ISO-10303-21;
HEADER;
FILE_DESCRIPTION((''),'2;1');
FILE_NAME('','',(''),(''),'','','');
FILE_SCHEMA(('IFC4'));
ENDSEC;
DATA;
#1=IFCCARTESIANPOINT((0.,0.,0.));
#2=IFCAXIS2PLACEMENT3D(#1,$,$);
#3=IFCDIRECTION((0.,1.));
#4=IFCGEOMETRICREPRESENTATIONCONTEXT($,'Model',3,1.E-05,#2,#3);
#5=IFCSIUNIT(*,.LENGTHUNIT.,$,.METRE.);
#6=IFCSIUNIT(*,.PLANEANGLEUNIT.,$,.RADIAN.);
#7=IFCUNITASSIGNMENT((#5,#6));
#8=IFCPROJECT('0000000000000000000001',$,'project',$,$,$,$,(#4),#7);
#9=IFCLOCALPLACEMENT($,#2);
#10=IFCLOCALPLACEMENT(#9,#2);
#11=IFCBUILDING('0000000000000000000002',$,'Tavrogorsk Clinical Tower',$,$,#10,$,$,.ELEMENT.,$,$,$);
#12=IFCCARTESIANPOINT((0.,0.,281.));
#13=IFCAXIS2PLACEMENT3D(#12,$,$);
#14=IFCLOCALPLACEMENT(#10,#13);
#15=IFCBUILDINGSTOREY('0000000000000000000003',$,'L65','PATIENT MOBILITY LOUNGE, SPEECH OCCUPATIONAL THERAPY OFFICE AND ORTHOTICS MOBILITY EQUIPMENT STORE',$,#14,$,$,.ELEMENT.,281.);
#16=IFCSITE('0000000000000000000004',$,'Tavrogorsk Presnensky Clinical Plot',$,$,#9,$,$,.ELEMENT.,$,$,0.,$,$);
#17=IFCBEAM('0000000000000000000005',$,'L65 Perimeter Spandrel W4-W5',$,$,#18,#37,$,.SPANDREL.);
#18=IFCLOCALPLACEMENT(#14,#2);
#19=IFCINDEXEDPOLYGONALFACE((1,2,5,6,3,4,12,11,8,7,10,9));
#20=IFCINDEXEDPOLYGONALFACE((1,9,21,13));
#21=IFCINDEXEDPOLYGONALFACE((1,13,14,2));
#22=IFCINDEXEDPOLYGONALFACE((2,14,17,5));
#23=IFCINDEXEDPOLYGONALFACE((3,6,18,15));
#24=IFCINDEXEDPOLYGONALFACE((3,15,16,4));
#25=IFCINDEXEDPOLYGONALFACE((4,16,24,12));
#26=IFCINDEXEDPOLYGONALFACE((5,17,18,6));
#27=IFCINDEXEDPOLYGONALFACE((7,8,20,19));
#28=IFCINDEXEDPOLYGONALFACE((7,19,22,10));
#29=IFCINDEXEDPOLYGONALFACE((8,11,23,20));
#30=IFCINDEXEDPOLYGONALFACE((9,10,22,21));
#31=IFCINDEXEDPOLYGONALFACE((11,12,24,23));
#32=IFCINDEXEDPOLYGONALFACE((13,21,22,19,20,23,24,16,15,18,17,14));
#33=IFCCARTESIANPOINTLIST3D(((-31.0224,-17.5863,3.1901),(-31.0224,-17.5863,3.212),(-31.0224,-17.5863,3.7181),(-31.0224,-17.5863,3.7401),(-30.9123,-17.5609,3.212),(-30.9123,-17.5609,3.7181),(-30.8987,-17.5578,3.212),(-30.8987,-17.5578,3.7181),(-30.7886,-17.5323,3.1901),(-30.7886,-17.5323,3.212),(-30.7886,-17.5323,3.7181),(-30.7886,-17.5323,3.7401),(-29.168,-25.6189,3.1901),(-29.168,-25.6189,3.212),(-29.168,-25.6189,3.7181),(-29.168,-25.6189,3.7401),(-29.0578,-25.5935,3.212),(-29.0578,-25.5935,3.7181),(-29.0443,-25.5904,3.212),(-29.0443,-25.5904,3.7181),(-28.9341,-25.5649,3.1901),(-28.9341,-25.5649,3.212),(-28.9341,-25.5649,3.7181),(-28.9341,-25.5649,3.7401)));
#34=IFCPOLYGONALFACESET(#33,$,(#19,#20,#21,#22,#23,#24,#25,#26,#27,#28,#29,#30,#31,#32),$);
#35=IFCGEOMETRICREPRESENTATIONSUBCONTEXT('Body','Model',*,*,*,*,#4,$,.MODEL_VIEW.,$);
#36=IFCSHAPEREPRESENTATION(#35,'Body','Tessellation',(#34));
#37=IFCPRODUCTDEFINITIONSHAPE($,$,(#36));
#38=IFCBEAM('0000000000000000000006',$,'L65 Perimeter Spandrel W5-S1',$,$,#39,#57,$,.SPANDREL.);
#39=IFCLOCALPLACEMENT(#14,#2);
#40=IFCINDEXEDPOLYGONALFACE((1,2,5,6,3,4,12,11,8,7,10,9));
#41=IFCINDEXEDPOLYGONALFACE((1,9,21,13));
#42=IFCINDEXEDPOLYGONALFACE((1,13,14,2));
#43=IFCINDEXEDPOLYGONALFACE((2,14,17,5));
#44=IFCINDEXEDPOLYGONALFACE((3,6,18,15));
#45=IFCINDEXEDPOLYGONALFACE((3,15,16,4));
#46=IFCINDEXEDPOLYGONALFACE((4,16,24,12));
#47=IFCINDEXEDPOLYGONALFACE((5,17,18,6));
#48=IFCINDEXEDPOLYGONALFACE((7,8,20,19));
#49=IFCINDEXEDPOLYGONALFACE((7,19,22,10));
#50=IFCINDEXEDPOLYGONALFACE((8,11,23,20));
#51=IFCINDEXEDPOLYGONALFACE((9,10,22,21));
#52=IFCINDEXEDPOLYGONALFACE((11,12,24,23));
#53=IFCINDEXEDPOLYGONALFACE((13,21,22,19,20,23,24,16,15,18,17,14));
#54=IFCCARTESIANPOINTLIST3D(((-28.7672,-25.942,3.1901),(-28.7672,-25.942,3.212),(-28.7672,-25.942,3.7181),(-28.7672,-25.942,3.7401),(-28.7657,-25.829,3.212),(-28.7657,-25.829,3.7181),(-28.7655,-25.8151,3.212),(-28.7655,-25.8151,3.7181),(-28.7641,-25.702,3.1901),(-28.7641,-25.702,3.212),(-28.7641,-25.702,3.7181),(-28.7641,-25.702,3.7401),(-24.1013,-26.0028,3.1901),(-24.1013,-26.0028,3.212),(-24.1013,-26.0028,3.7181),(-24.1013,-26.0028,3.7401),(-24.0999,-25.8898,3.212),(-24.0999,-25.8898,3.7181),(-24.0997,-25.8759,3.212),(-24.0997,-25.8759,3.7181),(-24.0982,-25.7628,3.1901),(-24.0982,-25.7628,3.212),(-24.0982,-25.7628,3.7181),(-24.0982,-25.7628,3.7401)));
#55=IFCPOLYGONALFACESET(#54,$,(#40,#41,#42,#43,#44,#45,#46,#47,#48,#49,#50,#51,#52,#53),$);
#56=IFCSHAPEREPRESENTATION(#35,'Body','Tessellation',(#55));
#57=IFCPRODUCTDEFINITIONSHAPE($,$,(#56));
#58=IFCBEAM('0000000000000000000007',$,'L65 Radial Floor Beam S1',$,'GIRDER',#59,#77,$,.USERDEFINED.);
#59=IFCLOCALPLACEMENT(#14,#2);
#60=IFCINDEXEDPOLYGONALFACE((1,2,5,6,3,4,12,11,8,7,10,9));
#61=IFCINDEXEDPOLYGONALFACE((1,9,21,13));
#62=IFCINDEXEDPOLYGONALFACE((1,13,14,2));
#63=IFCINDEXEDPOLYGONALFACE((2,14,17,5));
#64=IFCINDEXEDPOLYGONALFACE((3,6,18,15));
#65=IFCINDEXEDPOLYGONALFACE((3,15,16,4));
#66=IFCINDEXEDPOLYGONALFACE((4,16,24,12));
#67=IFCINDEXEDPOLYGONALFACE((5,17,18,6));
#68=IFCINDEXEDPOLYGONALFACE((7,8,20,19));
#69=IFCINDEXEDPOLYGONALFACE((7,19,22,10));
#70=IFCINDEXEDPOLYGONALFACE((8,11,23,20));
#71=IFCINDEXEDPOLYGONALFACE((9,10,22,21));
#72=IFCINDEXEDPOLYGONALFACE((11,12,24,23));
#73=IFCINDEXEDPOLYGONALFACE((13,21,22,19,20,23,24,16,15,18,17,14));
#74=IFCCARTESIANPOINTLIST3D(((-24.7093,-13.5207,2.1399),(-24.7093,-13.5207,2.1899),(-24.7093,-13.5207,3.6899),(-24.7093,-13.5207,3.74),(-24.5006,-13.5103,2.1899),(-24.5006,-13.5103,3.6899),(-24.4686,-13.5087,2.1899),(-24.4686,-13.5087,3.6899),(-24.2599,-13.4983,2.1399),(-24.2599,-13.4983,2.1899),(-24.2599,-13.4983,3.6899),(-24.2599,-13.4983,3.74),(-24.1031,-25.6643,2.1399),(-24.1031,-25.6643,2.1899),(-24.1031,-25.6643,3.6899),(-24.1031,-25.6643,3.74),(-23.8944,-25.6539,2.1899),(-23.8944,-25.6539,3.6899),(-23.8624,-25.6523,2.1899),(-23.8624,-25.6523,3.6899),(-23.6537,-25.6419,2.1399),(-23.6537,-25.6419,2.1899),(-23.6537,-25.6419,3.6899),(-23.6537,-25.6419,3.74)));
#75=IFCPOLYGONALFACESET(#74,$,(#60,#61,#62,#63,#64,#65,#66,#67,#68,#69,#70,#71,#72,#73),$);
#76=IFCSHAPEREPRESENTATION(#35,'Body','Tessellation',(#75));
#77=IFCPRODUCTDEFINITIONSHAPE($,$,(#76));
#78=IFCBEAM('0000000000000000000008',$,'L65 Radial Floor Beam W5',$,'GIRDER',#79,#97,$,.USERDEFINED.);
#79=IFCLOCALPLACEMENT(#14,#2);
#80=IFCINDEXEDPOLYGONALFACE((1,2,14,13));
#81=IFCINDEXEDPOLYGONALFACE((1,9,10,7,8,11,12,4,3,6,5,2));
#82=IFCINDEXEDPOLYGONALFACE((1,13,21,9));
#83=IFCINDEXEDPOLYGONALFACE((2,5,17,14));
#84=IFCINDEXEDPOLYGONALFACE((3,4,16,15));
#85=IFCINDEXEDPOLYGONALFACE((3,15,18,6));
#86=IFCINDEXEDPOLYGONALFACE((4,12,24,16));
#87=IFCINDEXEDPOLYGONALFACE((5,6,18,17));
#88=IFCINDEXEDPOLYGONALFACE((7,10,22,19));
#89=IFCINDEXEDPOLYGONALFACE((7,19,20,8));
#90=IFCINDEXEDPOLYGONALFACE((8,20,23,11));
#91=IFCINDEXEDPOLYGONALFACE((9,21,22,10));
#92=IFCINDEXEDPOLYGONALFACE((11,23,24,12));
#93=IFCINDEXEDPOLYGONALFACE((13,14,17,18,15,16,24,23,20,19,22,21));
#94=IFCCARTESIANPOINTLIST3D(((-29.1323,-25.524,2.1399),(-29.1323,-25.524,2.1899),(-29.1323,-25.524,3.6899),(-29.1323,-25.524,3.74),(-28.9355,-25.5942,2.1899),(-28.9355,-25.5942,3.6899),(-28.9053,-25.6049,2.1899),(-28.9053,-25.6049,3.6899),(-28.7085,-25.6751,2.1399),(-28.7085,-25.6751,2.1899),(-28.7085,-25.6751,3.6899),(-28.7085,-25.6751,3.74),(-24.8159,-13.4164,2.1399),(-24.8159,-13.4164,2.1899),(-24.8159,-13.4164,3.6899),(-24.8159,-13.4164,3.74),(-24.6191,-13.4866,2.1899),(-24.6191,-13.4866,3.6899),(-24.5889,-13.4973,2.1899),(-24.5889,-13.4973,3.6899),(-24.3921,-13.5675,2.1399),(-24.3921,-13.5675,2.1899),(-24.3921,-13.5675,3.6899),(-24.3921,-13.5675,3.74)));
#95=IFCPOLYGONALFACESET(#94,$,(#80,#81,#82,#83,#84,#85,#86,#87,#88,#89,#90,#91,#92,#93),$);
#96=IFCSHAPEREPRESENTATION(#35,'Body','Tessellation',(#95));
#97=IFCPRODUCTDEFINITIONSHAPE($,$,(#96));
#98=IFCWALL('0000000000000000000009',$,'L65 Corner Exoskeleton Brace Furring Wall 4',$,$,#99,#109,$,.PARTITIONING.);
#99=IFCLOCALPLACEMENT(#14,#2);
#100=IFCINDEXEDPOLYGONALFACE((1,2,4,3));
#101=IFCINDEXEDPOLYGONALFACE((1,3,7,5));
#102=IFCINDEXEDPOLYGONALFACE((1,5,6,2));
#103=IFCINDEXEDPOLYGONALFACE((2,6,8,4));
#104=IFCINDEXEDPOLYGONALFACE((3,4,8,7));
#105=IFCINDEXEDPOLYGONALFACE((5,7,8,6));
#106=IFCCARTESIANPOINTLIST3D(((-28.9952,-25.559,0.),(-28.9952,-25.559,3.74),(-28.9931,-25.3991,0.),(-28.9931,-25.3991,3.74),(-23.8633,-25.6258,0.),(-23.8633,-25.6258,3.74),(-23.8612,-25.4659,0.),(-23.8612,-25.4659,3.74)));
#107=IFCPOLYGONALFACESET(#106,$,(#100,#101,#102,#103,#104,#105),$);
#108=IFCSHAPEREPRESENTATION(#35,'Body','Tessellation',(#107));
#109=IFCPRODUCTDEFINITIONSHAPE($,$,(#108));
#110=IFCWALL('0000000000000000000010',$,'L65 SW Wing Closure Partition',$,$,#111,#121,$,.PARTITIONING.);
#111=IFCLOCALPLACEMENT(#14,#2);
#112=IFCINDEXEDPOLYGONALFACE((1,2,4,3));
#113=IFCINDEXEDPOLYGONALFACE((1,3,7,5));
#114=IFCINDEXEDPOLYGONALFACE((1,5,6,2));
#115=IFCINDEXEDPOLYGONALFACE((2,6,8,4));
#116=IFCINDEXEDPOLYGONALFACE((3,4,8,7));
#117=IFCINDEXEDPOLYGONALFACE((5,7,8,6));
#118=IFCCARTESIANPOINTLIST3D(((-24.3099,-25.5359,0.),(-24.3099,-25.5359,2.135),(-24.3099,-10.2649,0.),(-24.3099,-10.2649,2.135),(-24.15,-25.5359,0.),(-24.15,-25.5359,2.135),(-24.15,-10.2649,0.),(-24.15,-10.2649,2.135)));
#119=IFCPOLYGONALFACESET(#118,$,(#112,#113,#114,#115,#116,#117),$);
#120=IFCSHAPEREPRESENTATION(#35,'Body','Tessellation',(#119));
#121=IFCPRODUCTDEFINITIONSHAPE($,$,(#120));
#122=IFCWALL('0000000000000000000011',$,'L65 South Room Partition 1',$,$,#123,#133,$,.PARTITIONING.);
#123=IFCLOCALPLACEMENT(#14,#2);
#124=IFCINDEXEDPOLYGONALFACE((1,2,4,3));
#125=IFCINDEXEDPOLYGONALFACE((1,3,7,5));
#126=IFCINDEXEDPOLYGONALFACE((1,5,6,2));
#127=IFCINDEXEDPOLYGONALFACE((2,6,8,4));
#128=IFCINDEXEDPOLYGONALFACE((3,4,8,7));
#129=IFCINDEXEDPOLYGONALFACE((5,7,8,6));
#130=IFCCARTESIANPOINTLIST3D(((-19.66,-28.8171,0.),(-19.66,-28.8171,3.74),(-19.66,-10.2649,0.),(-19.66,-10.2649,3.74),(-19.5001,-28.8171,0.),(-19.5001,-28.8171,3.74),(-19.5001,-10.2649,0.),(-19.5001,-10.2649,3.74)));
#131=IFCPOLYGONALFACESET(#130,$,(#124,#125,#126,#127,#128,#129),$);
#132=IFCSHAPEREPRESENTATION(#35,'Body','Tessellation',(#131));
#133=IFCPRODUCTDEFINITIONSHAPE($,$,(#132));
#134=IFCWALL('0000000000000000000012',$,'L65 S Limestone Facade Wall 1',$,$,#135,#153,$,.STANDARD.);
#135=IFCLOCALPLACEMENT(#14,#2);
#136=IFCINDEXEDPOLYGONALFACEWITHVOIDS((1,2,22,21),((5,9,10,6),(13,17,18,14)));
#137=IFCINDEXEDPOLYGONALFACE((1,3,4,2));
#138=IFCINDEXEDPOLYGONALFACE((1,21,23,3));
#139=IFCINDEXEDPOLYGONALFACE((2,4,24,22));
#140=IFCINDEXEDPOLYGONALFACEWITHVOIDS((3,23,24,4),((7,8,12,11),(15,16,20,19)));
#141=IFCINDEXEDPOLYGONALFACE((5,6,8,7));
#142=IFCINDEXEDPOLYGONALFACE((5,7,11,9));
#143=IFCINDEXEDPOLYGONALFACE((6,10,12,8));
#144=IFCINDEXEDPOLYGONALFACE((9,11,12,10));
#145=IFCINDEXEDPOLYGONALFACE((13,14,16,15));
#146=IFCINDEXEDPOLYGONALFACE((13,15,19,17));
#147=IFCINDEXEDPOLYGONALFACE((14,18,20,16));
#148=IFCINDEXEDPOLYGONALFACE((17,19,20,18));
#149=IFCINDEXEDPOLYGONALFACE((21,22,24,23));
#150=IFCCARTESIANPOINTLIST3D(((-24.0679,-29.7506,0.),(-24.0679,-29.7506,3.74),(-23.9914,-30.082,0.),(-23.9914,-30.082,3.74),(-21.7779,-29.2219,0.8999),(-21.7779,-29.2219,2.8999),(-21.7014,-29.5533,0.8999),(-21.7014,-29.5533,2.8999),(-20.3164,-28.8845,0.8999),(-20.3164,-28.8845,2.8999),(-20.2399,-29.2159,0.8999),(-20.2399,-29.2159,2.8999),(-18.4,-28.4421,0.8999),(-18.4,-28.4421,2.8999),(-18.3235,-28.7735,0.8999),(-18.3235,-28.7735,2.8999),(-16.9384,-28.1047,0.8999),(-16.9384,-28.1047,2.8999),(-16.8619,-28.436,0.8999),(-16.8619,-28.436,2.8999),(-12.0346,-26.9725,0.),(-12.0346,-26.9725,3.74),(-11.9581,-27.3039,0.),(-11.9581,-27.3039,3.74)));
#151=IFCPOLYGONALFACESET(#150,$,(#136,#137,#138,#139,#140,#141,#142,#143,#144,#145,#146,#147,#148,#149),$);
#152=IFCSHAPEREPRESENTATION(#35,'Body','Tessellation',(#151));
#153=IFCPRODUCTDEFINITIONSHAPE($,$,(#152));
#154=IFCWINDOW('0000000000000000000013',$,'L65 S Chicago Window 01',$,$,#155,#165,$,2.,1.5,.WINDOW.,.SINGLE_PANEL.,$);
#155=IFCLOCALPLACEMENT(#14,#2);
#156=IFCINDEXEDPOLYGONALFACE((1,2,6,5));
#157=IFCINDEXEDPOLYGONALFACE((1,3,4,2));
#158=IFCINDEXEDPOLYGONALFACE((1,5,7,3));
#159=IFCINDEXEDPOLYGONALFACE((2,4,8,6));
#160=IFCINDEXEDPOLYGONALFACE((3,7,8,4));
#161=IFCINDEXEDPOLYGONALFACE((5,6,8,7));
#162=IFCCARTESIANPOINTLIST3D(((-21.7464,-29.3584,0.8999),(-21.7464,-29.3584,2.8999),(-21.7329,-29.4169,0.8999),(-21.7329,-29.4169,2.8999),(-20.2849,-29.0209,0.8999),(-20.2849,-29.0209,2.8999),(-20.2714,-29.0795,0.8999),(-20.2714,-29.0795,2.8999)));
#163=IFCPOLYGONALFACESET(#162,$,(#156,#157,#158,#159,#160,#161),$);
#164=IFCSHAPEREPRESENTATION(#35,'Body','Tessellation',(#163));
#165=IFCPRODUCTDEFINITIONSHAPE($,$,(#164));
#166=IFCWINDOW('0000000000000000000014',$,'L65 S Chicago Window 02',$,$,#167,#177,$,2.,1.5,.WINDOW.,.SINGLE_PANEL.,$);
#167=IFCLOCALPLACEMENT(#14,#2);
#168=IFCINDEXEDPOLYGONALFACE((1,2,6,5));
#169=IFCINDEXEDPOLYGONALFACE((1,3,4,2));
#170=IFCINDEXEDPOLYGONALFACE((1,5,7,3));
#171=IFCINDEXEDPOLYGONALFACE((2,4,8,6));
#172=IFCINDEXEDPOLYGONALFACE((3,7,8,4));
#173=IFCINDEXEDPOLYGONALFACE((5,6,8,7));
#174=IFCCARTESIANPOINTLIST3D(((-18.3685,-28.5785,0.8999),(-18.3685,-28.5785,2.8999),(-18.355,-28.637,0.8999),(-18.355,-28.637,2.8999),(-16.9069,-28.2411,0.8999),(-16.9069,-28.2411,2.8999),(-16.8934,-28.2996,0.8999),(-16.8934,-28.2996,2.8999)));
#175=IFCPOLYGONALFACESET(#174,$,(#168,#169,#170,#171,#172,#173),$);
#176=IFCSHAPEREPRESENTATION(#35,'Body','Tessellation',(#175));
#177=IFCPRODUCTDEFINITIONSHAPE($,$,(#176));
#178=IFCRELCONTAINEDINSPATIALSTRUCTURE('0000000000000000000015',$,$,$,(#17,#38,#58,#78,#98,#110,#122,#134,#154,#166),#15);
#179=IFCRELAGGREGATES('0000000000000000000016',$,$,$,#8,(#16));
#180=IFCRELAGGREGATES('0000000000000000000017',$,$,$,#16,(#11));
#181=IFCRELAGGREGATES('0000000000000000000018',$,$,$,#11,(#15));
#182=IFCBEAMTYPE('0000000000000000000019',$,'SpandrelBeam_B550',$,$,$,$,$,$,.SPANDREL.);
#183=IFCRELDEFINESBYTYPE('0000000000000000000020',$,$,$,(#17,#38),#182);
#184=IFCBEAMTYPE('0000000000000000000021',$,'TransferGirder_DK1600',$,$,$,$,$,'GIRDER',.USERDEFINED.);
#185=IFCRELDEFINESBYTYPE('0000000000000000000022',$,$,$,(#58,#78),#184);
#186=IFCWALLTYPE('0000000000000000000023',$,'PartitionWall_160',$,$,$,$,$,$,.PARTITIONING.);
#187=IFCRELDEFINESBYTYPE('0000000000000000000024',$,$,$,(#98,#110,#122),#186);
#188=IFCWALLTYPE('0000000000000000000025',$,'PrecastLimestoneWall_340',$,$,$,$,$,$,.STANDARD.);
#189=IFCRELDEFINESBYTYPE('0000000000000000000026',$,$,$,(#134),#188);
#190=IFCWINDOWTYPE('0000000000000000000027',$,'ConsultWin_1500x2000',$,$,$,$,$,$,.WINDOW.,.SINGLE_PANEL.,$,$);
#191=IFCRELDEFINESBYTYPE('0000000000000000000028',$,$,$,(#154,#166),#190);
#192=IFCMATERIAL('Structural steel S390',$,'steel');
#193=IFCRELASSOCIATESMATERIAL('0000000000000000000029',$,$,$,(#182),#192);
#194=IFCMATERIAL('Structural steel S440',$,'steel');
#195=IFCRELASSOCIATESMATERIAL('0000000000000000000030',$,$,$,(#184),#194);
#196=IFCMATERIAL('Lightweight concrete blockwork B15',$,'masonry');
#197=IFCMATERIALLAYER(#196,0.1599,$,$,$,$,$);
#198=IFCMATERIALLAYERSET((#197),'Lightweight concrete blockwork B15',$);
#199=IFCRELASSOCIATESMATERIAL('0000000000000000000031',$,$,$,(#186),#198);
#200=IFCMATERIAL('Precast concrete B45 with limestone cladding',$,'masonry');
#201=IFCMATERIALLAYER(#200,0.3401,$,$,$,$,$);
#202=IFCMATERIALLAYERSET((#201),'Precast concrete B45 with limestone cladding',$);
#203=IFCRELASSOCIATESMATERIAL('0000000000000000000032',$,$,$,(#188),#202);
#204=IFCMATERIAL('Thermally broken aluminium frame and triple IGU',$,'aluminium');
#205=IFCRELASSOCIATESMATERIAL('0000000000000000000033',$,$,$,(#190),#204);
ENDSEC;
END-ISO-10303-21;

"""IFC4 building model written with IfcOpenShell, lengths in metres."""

from ifc_helpers import new_model, si_unit, direction, frame, frame_2d, origin, origin_2d, place, context, subcontext, project, spatial, rectangle, i_section, extrude, material, layer, layer_set, material_profile, profile_set, type_object, element, fill, save


model = new_model("IFC4")

# Units and contexts
model_context = context("Model", 3, precision=1e-05, world=origin(), true_north=direction((0.0, 1.0)))
body_context = subcontext(model_context, "Body", "Model", "MODEL_VIEW")
ifc_project = project(units=[si_unit("LENGTHUNIT", "METRE"), si_unit("PLANEANGLEUNIT", "RADIAN")], contexts=[model_context])

# Site, building, storey
site_placement = place(None, origin())
site = spatial("IfcSite", under=ifc_project, at=site_placement, Name="Tavrogorsk Presnensky Clinical Plot", CompositionType="ELEMENT", RefElevation=0.0)
building_placement = place(site_placement, origin())
building = spatial("IfcBuilding", under=site, at=building_placement, Name="Tavrogorsk Clinical Tower", CompositionType="ELEMENT")
storey_placement = place(building_placement, frame((0.0, 0.0, 281.0)))
storey = spatial("IfcBuildingStorey", under=building, at=storey_placement, Name="L65", Description="PATIENT MOBILITY LOUNGE, SPEECH OCCUPATIONAL THERAPY OFFICE AND ORTHOTICS MOBILITY EQUIPMENT STORE", CompositionType="ELEMENT", Elevation=281.0)

# Beams
ifc_material_1 = material(Name="Structural steel S390", Category="steel")
ifc_material_profile_1 = material_profile(ifc_material_1, i_section(OverallWidth=0.24, OverallDepth=0.55, WebThickness=0.0139, FlangeThickness=0.022, at=origin_2d()), Name="B-550x240x14x22")
ifc_profile_set_1 = profile_set([ifc_material_profile_1], Name="Structural steel S390")
beam_type_1 = type_object("IfcBeamType", Name="SpandrelBeam_B550", PredefinedType="SPANDREL", material=ifc_profile_set_1)
beam_1_placement = place(storey_placement, frame((-30.9055, -17.5593, 3.4651), z_axis=(0.22495, -0.97437, 0.0), x_axis=(0.97437, 0.22495, 0.0)))
element("IfcBeam", 1, at=beam_1_placement, inside=storey, type_object=beam_type_1, Name="L65 Perimeter Spandrel W4-W5", PredefinedType="SPANDREL", context=body_context, shape_type="SweptSolid", body=[
    extrude(i_section(OverallWidth=0.24, OverallDepth=0.55, WebThickness=0.0139, FlangeThickness=0.022, at=origin_2d()), origin(), (0.0, 0.0, 1.0), 8.2439),
])
beam_2_placement = place(storey_placement, frame((-28.7656, -25.822, 3.4651), z_axis=(0.999915, -0.013028, 0.0), x_axis=(0.013028, 0.999915, 0.0)))
element("IfcBeam", 2, at=beam_2_placement, inside=storey, type_object=beam_type_1, Name="L65 Perimeter Spandrel W5-S1", PredefinedType="SPANDREL", context=body_context, shape_type="SweptSolid", body=[
    extrude(i_section(OverallWidth=0.24, OverallDepth=0.55, WebThickness=0.0139, FlangeThickness=0.022, at=origin_2d()), origin(), (0.0, 0.0, 1.0), 4.6663),
])
ifc_material_2 = material(Name="Structural steel S440", Category="steel")
ifc_material_profile_2 = material_profile(ifc_material_2, i_section(OverallWidth=0.45, OverallDepth=1.6001, WebThickness=0.032, FlangeThickness=0.05, at=origin_2d()), Name="DK-1600x450x32x50")
ifc_profile_set_2 = profile_set([ifc_material_profile_2], Name="Structural steel S440")
beam_type_2 = type_object("IfcBeamType", Name="TransferGirder_DK1600", ElementType="GIRDER", PredefinedType="USERDEFINED", material=ifc_profile_set_2)
beam_3_placement = place(storey_placement, frame((-24.4846, -13.5095, 2.9399), z_axis=(0.049857, -0.998756, 0.0), x_axis=(0.998756, 0.049857, 0.0)))
element("IfcBeam", 3, at=beam_3_placement, inside=storey, type_object=beam_type_2, Name="L65 Radial Floor Beam S1", ObjectType="GIRDER", PredefinedType="USERDEFINED", context=body_context, shape_type="SweptSolid", body=[
    extrude(i_section(OverallWidth=0.45, OverallDepth=1.6001, WebThickness=0.032, FlangeThickness=0.05, at=origin_2d()), origin(), (0.0, 0.0, 1.0), 12.1587),
])
beam_4_placement = place(storey_placement, frame((-24.604, -13.4919, 2.9399), z_axis=(-0.335801, -0.941933, 0.0), x_axis=(0.941933, -0.335801, 0.0)))
element("IfcBeam", 4, at=beam_4_placement, inside=storey, type_object=beam_type_2, Name="L65 Radial Floor Beam W5", ObjectType="GIRDER", PredefinedType="USERDEFINED", context=body_context, shape_type="SweptSolid", body=[
    extrude(i_section(OverallWidth=0.45, OverallDepth=1.6001, WebThickness=0.032, FlangeThickness=0.05, at=origin_2d()), origin(), (0.0, 0.0, 1.0), 12.854),
])

# Walls
ifc_material_3 = material(Name="Lightweight concrete blockwork B15", Category="masonry")
ifc_layer_1 = layer(ifc_material_3, 0.1599)
ifc_layer_set_1 = layer_set([ifc_layer_1], Name="Lightweight concrete blockwork B15")
wall_type_1 = type_object("IfcWallType", Name="PartitionWall_160", PredefinedType="PARTITIONING", material=ifc_layer_set_1)
wall_1_placement = place(storey_placement, frame((-28.9941, -25.479, 0.0), z_axis=(0.0, 0.0, 1.0), x_axis=(0.999915, -0.013034, 0.0)))
element("IfcWall", 5, at=wall_1_placement, inside=storey, type_object=wall_type_1, Name="L65 Corner Exoskeleton Brace Furring Wall 4", PredefinedType="PARTITIONING", context=body_context, shape_type="SweptSolid", body=[
    extrude(rectangle(XDim=5.1323, YDim=0.1599, at=frame_2d((2.5662, 0.0))), origin(), (0.0, 0.0, 1.0), 3.74),
])
wall_2_placement = place(storey_placement, frame((-24.23, -25.5359, 0.0), z_axis=(0.0, 0.0, 1.0), x_axis=(0.0, 1.0, 0.0)))
element("IfcWall", 6, at=wall_2_placement, inside=storey, type_object=wall_type_1, Name="L65 SW Wing Closure Partition", PredefinedType="PARTITIONING", context=body_context, shape_type="SweptSolid", body=[
    extrude(rectangle(XDim=15.271, YDim=0.1599, at=frame_2d((7.6355, 0.0))), origin(), (0.0, 0.0, 1.0), 2.135),
])
wall_3_placement = place(storey_placement, frame((-19.5801, -28.8171, 0.0), z_axis=(0.0, 0.0, 1.0), x_axis=(0.0, 1.0, 0.0)))
element("IfcWall", 7, at=wall_3_placement, inside=storey, type_object=wall_type_1, Name="L65 South Room Partition 1", PredefinedType="PARTITIONING", context=body_context, shape_type="SweptSolid", body=[
    extrude(rectangle(XDim=18.5522, YDim=0.1599, at=frame_2d((9.2761, 0.0))), origin(), (0.0, 0.0, 1.0), 3.74),
])

# Wall, openings, windows
ifc_material_4 = material(Name="Precast concrete B45 with limestone cladding", Category="masonry")
ifc_layer_2 = layer(ifc_material_4, 0.3401)
ifc_layer_set_2 = layer_set([ifc_layer_2], Name="Precast concrete B45 with limestone cladding")
wall_type_2 = type_object("IfcWallType", Name="PrecastLimestoneWall_340", PredefinedType="STANDARD", material=ifc_layer_set_2)
wall_4_placement = place(storey_placement, frame((-24.0295, -29.9163, 0.0), z_axis=(0.0, 0.0, 1.0), x_axis=(0.974371, 0.224946, 0.0)))
wall_4 = element("IfcWall", 8, at=wall_4_placement, inside=storey, type_object=wall_type_2, Name="L65 S Limestone Facade Wall 1", PredefinedType="STANDARD", context=body_context, shape_type="SweptSolid", body=[
    extrude(rectangle(XDim=12.3499, YDim=0.3401, at=frame_2d((6.1748, 0.0))), origin(), (0.0, 0.0, 1.0), 3.74),
])
opening_1_placement = place(wall_4_placement, frame((2.3501, 0.0, 0.8999)))
opening_1 = element("IfcOpeningElement", 9, at=opening_1_placement, cuts=wall_4, PredefinedType="OPENING", context=body_context, shape_type="SweptSolid", body=[
    extrude(rectangle(XDim=1.5, YDim=2.0, at=frame_2d((0.75, 1.0))), frame((0.0, 0.1799, 0.0), z_axis=(0.0, -1.0, 0.0), x_axis=(1.0, 0.0, 0.0)), (0.0, 0.0, 1.0), 0.3601),
])
opening_2_placement = place(wall_4_placement, frame((5.8169, 0.0, 0.8999)))
opening_2 = element("IfcOpeningElement", 10, at=opening_2_placement, cuts=wall_4, PredefinedType="OPENING", context=body_context, shape_type="SweptSolid", body=[
    extrude(rectangle(XDim=1.5, YDim=2.0, at=frame_2d((0.75, 1.0))), frame((0.0, 0.1799, 0.0), z_axis=(0.0, -1.0, 0.0), x_axis=(1.0, 0.0, 0.0)), (0.0, 0.0, 1.0), 0.3601),
])
ifc_material_5 = material(Name="Thermally broken aluminium frame and triple IGU", Category="aluminium")
window_type = type_object("IfcWindowType", Name="ConsultWin_1500x2000", PartitioningType="SINGLE_PANEL", PredefinedType="WINDOW", material=ifc_material_5)
window_1_placement = place(opening_1_placement, origin())
window_1 = element("IfcWindow", 11, at=window_1_placement, inside=storey, type_object=window_type, Name="L65 S Chicago Window 01", OverallHeight=2.0, OverallWidth=1.5, PartitioningType="SINGLE_PANEL", PredefinedType="WINDOW", context=body_context, shape_type="SweptSolid", body=[
    extrude(rectangle(XDim=1.5, YDim=2.0, at=frame_2d((0.75, 1.0))), frame((0.0, 0.03, 0.0), z_axis=(0.0, -1.0, 0.0), x_axis=(1.0, 0.0, 0.0)), (0.0, 0.0, 1.0), 0.0601),
])
fill(opening_1, window_1)
window_2_placement = place(opening_2_placement, origin())
window_2 = element("IfcWindow", 12, at=window_2_placement, inside=storey, type_object=window_type, Name="L65 S Chicago Window 02", OverallHeight=2.0, OverallWidth=1.5, PartitioningType="SINGLE_PANEL", PredefinedType="WINDOW", context=body_context, shape_type="SweptSolid", body=[
    extrude(rectangle(XDim=1.5, YDim=2.0, at=frame_2d((0.75, 1.0))), frame((0.0, 0.03, 0.0), z_axis=(0.0, -1.0, 0.0), x_axis=(1.0, 0.0, 0.0)), (0.0, 0.0, 1.0), 0.0601),
])
fill(opening_2, window_2)

save(model, "model.ifc")
